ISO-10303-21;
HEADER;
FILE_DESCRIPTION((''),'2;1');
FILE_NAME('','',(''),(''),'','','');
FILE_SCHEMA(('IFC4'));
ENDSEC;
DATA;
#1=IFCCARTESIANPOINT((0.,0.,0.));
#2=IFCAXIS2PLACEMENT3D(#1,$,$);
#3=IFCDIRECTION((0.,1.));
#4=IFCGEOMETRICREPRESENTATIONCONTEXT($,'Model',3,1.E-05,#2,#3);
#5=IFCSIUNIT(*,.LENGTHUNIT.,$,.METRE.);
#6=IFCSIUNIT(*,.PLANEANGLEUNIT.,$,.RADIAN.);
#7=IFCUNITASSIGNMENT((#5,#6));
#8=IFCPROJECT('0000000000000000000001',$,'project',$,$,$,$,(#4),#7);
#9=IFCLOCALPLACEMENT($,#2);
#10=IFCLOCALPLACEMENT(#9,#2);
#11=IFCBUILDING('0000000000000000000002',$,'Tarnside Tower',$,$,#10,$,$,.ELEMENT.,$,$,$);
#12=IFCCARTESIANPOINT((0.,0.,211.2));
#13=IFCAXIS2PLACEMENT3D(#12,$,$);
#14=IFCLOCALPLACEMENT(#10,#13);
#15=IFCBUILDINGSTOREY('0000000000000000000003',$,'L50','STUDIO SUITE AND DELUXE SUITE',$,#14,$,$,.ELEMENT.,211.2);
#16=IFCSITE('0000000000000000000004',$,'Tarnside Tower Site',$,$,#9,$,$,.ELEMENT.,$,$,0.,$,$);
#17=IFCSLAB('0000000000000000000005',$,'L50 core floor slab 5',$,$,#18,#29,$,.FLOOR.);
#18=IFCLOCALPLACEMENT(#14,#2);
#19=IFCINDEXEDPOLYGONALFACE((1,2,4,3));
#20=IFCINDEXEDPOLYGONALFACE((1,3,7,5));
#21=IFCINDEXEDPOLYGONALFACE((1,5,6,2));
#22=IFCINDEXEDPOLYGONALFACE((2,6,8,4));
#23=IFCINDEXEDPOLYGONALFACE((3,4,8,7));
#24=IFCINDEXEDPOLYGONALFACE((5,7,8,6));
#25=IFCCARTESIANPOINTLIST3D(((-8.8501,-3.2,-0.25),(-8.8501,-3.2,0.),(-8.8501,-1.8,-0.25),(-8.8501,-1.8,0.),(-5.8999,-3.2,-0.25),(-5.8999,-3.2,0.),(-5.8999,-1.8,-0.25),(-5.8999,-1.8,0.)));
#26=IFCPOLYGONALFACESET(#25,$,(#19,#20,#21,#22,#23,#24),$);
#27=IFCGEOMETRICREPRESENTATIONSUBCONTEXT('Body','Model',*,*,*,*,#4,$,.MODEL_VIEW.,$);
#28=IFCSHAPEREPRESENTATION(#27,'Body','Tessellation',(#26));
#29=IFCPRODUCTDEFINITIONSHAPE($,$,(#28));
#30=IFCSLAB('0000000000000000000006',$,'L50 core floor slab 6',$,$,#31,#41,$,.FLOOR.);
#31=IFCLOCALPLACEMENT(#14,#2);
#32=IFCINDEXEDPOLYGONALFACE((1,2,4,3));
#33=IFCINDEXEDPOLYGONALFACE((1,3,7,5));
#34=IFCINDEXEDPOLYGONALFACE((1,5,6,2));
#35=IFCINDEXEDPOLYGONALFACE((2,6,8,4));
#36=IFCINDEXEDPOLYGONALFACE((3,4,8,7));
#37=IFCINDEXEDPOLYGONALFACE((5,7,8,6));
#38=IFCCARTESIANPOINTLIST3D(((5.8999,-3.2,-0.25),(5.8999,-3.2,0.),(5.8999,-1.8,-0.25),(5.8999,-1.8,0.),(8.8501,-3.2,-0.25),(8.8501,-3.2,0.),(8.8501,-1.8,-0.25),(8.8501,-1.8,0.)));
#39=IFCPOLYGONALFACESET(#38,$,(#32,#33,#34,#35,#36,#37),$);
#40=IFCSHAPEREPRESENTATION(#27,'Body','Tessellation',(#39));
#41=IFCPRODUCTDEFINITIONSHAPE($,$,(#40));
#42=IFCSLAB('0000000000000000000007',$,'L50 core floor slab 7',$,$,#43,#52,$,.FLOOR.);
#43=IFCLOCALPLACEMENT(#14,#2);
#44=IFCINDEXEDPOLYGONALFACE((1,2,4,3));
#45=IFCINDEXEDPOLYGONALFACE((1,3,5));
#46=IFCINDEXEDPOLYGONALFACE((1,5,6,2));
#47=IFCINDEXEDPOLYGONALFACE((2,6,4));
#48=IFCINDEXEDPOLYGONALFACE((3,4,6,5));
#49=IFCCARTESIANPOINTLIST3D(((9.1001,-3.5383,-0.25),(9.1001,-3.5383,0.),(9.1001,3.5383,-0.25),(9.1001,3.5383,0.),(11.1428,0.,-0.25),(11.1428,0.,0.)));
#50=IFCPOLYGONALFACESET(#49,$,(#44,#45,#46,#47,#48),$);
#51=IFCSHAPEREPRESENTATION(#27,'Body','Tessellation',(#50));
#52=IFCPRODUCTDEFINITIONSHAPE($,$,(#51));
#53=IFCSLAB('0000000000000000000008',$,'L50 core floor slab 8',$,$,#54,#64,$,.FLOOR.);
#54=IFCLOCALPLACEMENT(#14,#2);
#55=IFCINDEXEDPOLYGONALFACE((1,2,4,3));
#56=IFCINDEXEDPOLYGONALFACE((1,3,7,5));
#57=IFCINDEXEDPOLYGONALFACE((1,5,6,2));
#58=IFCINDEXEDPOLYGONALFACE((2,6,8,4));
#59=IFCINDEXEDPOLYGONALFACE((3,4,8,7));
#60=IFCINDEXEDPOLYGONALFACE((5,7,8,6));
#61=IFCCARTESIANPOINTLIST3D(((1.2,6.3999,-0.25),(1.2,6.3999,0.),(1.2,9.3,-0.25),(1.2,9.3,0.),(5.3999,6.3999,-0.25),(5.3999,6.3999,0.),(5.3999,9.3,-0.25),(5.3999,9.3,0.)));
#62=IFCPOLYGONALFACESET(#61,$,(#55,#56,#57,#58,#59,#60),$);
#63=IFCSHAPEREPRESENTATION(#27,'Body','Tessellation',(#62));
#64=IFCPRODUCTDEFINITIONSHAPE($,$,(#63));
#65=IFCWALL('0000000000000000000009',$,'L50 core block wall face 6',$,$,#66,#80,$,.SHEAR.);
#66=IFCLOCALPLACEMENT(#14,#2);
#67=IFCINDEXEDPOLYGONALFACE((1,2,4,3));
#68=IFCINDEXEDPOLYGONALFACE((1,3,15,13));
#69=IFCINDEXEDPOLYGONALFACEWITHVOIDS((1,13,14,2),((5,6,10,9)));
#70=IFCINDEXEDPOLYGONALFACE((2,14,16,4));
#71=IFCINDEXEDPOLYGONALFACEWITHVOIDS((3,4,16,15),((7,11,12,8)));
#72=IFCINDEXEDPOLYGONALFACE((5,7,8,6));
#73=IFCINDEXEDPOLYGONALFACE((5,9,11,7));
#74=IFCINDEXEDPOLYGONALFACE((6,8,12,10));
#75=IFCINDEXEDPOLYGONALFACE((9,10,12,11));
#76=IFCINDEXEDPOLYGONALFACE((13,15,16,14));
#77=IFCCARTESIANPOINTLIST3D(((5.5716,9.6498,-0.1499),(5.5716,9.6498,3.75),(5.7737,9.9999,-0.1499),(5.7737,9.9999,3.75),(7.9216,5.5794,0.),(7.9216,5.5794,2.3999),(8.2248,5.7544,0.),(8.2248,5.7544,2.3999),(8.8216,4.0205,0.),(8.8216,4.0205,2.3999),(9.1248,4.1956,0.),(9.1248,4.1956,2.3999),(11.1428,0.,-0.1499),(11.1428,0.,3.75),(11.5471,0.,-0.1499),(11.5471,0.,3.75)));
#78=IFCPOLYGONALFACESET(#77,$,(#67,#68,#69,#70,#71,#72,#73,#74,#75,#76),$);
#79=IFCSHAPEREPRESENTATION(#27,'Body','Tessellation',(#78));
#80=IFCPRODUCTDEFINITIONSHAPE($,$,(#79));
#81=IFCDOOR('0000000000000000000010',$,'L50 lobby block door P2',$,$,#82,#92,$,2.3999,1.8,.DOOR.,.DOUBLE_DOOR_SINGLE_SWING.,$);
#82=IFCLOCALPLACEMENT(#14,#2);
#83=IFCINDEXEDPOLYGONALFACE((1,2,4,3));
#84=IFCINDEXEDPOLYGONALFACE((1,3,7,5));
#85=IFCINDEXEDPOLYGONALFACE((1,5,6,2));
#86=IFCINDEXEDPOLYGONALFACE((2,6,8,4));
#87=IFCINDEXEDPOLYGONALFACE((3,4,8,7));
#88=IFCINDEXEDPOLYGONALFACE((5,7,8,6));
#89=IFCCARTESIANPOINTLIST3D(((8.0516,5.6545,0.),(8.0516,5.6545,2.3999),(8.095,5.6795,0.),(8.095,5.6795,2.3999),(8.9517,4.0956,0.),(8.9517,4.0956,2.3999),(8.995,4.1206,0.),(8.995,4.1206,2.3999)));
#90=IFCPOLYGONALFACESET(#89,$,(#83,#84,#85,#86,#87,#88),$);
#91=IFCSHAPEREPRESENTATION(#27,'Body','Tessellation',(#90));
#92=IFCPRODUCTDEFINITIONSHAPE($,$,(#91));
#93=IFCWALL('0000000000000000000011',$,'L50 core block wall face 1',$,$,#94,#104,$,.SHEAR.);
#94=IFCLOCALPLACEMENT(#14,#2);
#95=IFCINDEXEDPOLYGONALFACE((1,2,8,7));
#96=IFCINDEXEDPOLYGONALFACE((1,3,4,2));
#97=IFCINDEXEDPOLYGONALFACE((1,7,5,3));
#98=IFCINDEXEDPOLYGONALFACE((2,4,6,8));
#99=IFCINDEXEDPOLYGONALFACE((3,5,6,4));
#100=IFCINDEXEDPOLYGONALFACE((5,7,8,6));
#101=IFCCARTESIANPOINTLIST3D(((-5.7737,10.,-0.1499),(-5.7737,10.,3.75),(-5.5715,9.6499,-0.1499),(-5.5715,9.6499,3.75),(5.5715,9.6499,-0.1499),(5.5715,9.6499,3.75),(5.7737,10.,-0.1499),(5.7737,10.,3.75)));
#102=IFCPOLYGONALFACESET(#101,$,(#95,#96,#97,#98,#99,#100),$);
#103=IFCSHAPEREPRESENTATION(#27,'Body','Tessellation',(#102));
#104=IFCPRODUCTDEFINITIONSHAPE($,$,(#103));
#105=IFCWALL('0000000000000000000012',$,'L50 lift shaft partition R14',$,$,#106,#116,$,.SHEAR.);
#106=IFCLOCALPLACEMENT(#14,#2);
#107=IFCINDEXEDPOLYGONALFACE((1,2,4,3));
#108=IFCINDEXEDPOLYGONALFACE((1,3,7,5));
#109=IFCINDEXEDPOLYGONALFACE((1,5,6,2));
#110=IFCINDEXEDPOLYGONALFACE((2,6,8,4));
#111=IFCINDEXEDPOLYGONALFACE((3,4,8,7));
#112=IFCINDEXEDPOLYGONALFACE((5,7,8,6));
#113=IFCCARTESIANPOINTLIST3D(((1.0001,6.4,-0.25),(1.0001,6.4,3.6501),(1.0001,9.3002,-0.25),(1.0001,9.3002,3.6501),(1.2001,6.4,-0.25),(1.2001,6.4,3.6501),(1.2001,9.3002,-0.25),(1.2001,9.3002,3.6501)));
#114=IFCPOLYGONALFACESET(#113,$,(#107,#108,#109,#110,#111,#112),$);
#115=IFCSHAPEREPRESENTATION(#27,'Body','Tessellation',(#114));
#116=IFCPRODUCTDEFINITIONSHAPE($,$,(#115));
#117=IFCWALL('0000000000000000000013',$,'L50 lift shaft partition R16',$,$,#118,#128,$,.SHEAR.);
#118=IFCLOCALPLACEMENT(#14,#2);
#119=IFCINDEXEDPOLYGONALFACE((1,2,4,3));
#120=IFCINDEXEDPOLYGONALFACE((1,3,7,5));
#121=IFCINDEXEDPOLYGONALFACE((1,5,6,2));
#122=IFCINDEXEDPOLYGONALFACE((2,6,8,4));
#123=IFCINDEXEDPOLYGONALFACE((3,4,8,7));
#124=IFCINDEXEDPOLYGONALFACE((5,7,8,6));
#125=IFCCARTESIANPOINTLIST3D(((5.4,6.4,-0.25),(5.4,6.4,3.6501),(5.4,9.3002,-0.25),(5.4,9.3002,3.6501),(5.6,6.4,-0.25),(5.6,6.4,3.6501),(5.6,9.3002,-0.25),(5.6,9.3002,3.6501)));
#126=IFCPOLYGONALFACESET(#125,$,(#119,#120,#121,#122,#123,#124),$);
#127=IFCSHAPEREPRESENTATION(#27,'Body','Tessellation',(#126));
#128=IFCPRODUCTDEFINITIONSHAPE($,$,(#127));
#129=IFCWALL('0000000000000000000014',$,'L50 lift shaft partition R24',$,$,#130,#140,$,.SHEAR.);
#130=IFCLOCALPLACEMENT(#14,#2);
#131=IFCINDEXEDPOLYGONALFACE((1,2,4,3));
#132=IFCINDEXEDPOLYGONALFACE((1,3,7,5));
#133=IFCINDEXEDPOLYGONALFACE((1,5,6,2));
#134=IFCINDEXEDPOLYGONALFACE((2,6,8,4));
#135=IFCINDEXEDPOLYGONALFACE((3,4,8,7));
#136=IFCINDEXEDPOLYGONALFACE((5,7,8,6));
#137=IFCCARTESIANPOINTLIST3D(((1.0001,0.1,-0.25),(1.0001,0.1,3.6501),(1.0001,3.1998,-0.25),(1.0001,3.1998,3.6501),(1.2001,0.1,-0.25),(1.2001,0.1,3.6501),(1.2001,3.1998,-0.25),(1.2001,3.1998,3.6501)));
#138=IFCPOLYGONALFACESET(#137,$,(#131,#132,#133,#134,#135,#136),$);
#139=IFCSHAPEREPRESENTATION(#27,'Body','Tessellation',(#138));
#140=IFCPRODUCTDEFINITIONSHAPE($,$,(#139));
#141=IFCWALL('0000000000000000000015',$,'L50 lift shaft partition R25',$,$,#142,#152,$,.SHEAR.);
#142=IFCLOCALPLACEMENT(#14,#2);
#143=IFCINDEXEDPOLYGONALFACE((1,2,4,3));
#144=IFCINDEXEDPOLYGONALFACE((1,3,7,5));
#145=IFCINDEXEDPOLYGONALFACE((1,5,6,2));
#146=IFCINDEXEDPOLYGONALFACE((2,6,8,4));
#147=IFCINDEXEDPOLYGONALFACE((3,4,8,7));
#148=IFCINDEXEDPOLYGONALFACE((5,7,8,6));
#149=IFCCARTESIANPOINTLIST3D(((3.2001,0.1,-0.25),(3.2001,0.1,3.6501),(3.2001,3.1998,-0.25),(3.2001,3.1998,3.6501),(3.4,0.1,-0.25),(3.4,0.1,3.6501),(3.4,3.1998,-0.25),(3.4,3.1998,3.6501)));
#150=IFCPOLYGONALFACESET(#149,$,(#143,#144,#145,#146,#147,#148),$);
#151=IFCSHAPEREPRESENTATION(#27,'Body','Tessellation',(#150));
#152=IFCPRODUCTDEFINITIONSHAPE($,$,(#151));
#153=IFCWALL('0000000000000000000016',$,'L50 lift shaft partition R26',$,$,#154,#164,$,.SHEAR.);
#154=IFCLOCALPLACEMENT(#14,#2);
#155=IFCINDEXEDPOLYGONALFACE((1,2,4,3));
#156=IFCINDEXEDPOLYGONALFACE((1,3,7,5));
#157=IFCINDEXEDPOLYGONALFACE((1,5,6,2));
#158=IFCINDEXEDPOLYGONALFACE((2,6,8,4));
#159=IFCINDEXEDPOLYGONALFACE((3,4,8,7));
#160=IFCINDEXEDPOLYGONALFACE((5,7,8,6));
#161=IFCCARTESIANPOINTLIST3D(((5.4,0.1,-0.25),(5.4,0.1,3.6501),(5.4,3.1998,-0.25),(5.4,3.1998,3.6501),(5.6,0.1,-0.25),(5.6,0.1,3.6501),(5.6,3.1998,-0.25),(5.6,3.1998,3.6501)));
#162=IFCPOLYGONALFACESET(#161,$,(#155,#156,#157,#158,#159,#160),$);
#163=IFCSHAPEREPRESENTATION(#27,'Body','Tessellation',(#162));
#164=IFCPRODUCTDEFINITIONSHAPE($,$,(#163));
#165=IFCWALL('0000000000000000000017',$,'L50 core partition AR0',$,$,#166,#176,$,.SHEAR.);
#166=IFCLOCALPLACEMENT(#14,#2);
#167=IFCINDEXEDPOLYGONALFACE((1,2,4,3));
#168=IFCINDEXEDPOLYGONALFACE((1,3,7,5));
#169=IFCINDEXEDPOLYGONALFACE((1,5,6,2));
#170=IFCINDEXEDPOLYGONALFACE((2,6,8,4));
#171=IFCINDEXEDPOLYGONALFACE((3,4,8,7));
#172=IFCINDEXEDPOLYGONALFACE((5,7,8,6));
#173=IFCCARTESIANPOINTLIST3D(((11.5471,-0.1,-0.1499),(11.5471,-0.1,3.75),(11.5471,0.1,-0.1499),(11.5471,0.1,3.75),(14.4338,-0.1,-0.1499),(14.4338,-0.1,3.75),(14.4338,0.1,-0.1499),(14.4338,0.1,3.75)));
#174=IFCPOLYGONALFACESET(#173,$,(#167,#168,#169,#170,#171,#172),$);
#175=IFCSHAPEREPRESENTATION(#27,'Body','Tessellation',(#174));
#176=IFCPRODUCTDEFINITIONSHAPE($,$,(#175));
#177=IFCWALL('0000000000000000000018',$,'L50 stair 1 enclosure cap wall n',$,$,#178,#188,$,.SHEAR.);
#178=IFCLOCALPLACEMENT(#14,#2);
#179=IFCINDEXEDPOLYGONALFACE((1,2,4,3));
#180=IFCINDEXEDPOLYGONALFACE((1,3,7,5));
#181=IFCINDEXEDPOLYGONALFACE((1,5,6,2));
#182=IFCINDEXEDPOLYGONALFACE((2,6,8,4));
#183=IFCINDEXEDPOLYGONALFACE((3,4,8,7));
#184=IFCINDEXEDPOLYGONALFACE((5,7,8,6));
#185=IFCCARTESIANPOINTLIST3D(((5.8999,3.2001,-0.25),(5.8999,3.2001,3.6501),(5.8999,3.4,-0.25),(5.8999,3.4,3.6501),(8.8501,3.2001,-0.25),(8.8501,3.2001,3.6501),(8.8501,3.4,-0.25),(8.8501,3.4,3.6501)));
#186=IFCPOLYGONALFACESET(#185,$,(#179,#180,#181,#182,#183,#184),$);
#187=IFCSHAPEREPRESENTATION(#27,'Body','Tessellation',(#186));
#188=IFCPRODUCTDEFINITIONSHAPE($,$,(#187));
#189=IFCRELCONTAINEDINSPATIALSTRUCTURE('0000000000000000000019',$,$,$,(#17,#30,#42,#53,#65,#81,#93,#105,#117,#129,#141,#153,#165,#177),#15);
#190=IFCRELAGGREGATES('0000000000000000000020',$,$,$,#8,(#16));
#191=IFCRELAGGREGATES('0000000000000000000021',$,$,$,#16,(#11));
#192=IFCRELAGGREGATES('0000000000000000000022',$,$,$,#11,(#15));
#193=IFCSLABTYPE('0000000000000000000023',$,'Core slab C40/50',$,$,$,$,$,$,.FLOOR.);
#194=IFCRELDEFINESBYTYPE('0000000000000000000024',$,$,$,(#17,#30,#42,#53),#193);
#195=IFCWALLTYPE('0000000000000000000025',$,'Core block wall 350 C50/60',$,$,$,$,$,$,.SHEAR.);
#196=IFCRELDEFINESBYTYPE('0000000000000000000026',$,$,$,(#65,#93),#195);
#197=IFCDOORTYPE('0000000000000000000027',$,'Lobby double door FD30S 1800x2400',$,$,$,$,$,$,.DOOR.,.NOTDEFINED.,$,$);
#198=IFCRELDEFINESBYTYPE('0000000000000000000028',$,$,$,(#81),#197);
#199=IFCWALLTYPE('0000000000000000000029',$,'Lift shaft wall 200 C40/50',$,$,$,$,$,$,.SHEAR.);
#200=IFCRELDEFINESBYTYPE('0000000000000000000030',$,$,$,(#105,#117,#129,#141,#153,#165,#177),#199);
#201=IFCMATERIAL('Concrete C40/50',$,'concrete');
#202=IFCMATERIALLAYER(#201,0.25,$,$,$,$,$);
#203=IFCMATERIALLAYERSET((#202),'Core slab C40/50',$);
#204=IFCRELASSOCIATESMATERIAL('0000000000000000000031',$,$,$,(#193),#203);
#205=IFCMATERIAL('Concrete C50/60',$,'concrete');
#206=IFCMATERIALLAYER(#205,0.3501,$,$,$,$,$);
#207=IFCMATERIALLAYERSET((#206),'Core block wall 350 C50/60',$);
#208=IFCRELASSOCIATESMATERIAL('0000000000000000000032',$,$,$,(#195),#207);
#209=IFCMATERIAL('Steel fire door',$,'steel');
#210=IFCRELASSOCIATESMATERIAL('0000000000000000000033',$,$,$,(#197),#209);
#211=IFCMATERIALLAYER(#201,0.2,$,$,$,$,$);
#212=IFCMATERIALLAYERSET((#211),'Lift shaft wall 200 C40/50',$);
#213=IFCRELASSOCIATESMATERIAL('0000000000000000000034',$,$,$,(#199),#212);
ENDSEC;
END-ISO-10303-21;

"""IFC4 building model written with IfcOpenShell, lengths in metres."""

from ifc_helpers import new_model, si_unit, direction, frame, frame_2d, origin, place, context, subcontext, project, spatial, polyline, rectangle, outline, extrude, material, layer, layer_set, type_object, element, fill, save


model = new_model("IFC4")

# Units and contexts
model_context = context("Model", 3, precision=1e-05, world=origin(), true_north=direction((0.0, 1.0)))
body_context = subcontext(model_context, "Body", "Model", "MODEL_VIEW")
ifc_project = project(units=[si_unit("LENGTHUNIT", "METRE"), si_unit("PLANEANGLEUNIT", "RADIAN")], contexts=[model_context])

# Site, building, storey
site_placement = place(None, origin())
site = spatial("IfcSite", under=ifc_project, at=site_placement, Name="Tarnside Tower Site", CompositionType="ELEMENT", RefElevation=0.0)
building_placement = place(site_placement, origin())
building = spatial("IfcBuilding", under=site, at=building_placement, Name="Tarnside Tower", CompositionType="ELEMENT")
storey_placement = place(building_placement, frame((0.0, 0.0, 211.2)))
storey = spatial("IfcBuildingStorey", under=building, at=storey_placement, Name="L50", Description="STUDIO SUITE AND DELUXE SUITE", CompositionType="ELEMENT", Elevation=211.2)

# Slabs
ifc_material_1 = material(Name="Concrete C40/50", Category="concrete")
ifc_layer_1 = layer(ifc_material_1, 0.25)
ifc_layer_set_1 = layer_set([ifc_layer_1], Name="Core slab C40/50")
slab_type = type_object("IfcSlabType", Name="Core slab C40/50", PredefinedType="FLOOR", material=ifc_layer_set_1)
slab_1_placement = place(storey_placement, frame((0.0, 0.0, -0.25)))
element("IfcSlab", 1, at=slab_1_placement, inside=storey, type_object=slab_type, Name="L50 core floor slab 5", PredefinedType="FLOOR", context=body_context, shape_type="SweptSolid", body=[
    extrude(outline(polyline([(-8.8501, -1.8), (-5.8999, -1.8), (-5.8999, -3.2), (-8.8501, -3.2), (-8.8501, -1.8)])), origin(), (0.0, 0.0, 1.0), 0.25),
])
slab_2_placement = place(storey_placement, frame((0.0, 0.0, -0.25)))
element("IfcSlab", 2, at=slab_2_placement, inside=storey, type_object=slab_type, Name="L50 core floor slab 6", PredefinedType="FLOOR", context=body_context, shape_type="SweptSolid", body=[
    extrude(outline(polyline([(5.8999, -3.2), (5.8999, -1.8), (8.8501, -1.8), (8.8501, -3.2), (5.8999, -3.2)])), origin(), (0.0, 0.0, 1.0), 0.25),
])
slab_3_placement = place(storey_placement, frame((0.0, 0.0, -0.25)))
element("IfcSlab", 3, at=slab_3_placement, inside=storey, type_object=slab_type, Name="L50 core floor slab 7", PredefinedType="FLOOR", context=body_context, shape_type="SweptSolid", body=[
    extrude(outline(polyline([(9.1001, -3.5383), (9.1001, 3.5383), (11.1428, 0.0), (9.1001, -3.5383)])), origin(), (0.0, 0.0, 1.0), 0.25),
])
slab_4_placement = place(storey_placement, frame((0.0, 0.0, -0.25)))
element("IfcSlab", 4, at=slab_4_placement, inside=storey, type_object=slab_type, Name="L50 core floor slab 8", PredefinedType="FLOOR", context=body_context, shape_type="SweptSolid", body=[
    extrude(outline(polyline([(5.3999, 9.3), (5.3999, 6.3999), (1.2, 6.3999), (1.2, 9.3), (5.3999, 9.3)])), origin(), (0.0, 0.0, 1.0), 0.25),
])

# Wall, opening, door
ifc_material_2 = material(Name="Concrete C50/60", Category="concrete")
ifc_layer_2 = layer(ifc_material_2, 0.3501)
ifc_layer_set_2 = layer_set([ifc_layer_2], Name="Core block wall 350 C50/60")
wall_type_1 = type_object("IfcWallType", Name="Core block wall 350 C50/60", PredefinedType="SHEAR", material=ifc_layer_set_2)
wall_1_placement = place(storey_placement, frame((11.345, 0.0, -0.1499), z_axis=(0.0, 0.0, 1.0), x_axis=(-0.499995, 0.866028, 0.0)))
wall_1 = element("IfcWall", 5, at=wall_1_placement, inside=storey, type_object=wall_type_1, Name="L50 core block wall face 6", PredefinedType="SHEAR", context=body_context, shape_type="SweptSolid", body=[
    extrude(outline(polyline([(-0.1011, -0.175), (11.4458, -0.175), (11.2437, 0.175), (0.1011, 0.175), (-0.1011, -0.175)])), origin(), (0.0, 0.0, 1.0), 3.8999),
])
opening_placement = place(wall_1_placement, frame((4.7437, 0.0, 0.1499)))
opening = element("IfcOpeningElement", 6, at=opening_placement, cuts=wall_1, PredefinedType="OPENING", context=body_context, shape_type="SweptSolid", body=[
    extrude(rectangle(XDim=1.8, YDim=2.3999, at=frame_2d((0.8999, 1.2))), frame((0.0, 0.1851, 0.0), z_axis=(0.0, -1.0, 0.0), x_axis=(1.0, 0.0, 0.0)), (0.0, 0.0, 1.0), 0.3701),
])
ifc_material_3 = material(Name="Steel fire door", Category="steel")
door_type = type_object("IfcDoorType", Name="Lobby double door FD30S 1800x2400", OperationType="NOTDEFINED", PredefinedType="DOOR", material=ifc_material_3)
door_placement = place(opening_placement, origin())
door = element("IfcDoor", 7, at=door_placement, inside=storey, type_object=door_type, Name="L50 lobby block door P2", OperationType="DOUBLE_DOOR_SINGLE_SWING", OverallHeight=2.3999, OverallWidth=1.8, PredefinedType="DOOR", context=body_context, shape_type="SweptSolid", body=[
    extrude(rectangle(XDim=1.8, YDim=2.3999, at=frame_2d((0.8999, 1.2))), frame((0.0, 0.0249, 0.0), z_axis=(0.0, -1.0, 0.0), x_axis=(1.0, 0.0, 0.0)), (0.0, 0.0, 1.0), 0.05),
])
fill(opening, door)

# Walls
wall_2_placement = place(storey_placement, frame((5.6726, 9.825, -0.1499), z_axis=(0.0, 0.0, 1.0), x_axis=(-1.0, 0.0, 0.0)))
element("IfcWall", 8, at=wall_2_placement, inside=storey, type_object=wall_type_1, Name="L50 core block wall face 1", PredefinedType="SHEAR", context=body_context, shape_type="SweptSolid", body=[
    extrude(outline(polyline([(-0.1011, -0.175), (11.4463, -0.175), (11.2441, 0.175), (0.1011, 0.175), (-0.1011, -0.175)])), origin(), (0.0, 0.0, 1.0), 3.8999),
])
ifc_layer_3 = layer(ifc_material_1, 0.2)
ifc_layer_set_3 = layer_set([ifc_layer_3], Name="Lift shaft wall 200 C40/50")
wall_type_2 = type_object("IfcWallType", Name="Lift shaft wall 200 C40/50", PredefinedType="SHEAR", material=ifc_layer_set_3)
for number, where, z_axis, x_axis, name in (
    (9, (1.1001, 6.3999, -0.25), (0.0, 0.0, 1.0), (0.0, 1.0, 0.0), "L50 lift shaft partition R14"),
    (10, (5.5, 6.3999, -0.25), (0.0, 0.0, 1.0), (0.0, 1.0, 0.0), "L50 lift shaft partition R16"),
):
    element("IfcWall", number, at=place(storey_placement, frame(where, z_axis=z_axis, x_axis=x_axis)), inside=storey, type_object=wall_type_2, Name=name, PredefinedType="SHEAR", context=body_context, shape_type="SweptSolid", body=[
        extrude(rectangle(XDim=2.9001, YDim=0.2, at=frame_2d((1.4502, 0.0))), origin(), (0.0, 0.0, 1.0), 3.9001),
    ])
for number, where, z_axis, x_axis, name in (
    (11, (1.1001, 0.1001, -0.25), (0.0, 0.0, 1.0), (0.0, 1.0, 0.0), "L50 lift shaft partition R24"),
    (12, (3.3, 0.1001, -0.25), (0.0, 0.0, 1.0), (0.0, 1.0, 0.0), "L50 lift shaft partition R25"),
    (13, (5.5, 0.1001, -0.25), (0.0, 0.0, 1.0), (0.0, 1.0, 0.0), "L50 lift shaft partition R26"),
):
    element("IfcWall", number, at=place(storey_placement, frame(where, z_axis=z_axis, x_axis=x_axis)), inside=storey, type_object=wall_type_2, Name=name, PredefinedType="SHEAR", context=body_context, shape_type="SweptSolid", body=[
        extrude(rectangle(XDim=3.0999, YDim=0.2, at=frame_2d((1.5498, 0.0))), origin(), (0.0, 0.0, 1.0), 3.9001),
    ])
wall_3_placement = place(storey_placement, frame((11.5471, 0.0, -0.1499), z_axis=(0.0, 0.0, 1.0), x_axis=(1.0, 0.0, 0.0)))
element("IfcWall", 14, at=wall_3_placement, inside=storey, type_object=wall_type_2, Name="L50 core partition AR0", PredefinedType="SHEAR", context=body_context, shape_type="SweptSolid", body=[
    extrude(rectangle(XDim=2.8867, YDim=0.2, at=frame_2d((1.4434, 0.0))), origin(), (0.0, 0.0, 1.0), 3.8999),
])
wall_4_placement = place(storey_placement, frame((5.8999, 3.3, -0.25), z_axis=(0.0, 0.0, 1.0), x_axis=(1.0, 0.0, 0.0)))
element("IfcWall", 15, at=wall_4_placement, inside=storey, type_object=wall_type_2, Name="L50 stair 1 enclosure cap wall n", PredefinedType="SHEAR", context=body_context, shape_type="SweptSolid", body=[
    extrude(rectangle(XDim=2.9502, YDim=0.2, at=frame_2d((1.4751, 0.0))), origin(), (0.0, 0.0, 1.0), 3.9001),
])

save(model, "model.ifc")
